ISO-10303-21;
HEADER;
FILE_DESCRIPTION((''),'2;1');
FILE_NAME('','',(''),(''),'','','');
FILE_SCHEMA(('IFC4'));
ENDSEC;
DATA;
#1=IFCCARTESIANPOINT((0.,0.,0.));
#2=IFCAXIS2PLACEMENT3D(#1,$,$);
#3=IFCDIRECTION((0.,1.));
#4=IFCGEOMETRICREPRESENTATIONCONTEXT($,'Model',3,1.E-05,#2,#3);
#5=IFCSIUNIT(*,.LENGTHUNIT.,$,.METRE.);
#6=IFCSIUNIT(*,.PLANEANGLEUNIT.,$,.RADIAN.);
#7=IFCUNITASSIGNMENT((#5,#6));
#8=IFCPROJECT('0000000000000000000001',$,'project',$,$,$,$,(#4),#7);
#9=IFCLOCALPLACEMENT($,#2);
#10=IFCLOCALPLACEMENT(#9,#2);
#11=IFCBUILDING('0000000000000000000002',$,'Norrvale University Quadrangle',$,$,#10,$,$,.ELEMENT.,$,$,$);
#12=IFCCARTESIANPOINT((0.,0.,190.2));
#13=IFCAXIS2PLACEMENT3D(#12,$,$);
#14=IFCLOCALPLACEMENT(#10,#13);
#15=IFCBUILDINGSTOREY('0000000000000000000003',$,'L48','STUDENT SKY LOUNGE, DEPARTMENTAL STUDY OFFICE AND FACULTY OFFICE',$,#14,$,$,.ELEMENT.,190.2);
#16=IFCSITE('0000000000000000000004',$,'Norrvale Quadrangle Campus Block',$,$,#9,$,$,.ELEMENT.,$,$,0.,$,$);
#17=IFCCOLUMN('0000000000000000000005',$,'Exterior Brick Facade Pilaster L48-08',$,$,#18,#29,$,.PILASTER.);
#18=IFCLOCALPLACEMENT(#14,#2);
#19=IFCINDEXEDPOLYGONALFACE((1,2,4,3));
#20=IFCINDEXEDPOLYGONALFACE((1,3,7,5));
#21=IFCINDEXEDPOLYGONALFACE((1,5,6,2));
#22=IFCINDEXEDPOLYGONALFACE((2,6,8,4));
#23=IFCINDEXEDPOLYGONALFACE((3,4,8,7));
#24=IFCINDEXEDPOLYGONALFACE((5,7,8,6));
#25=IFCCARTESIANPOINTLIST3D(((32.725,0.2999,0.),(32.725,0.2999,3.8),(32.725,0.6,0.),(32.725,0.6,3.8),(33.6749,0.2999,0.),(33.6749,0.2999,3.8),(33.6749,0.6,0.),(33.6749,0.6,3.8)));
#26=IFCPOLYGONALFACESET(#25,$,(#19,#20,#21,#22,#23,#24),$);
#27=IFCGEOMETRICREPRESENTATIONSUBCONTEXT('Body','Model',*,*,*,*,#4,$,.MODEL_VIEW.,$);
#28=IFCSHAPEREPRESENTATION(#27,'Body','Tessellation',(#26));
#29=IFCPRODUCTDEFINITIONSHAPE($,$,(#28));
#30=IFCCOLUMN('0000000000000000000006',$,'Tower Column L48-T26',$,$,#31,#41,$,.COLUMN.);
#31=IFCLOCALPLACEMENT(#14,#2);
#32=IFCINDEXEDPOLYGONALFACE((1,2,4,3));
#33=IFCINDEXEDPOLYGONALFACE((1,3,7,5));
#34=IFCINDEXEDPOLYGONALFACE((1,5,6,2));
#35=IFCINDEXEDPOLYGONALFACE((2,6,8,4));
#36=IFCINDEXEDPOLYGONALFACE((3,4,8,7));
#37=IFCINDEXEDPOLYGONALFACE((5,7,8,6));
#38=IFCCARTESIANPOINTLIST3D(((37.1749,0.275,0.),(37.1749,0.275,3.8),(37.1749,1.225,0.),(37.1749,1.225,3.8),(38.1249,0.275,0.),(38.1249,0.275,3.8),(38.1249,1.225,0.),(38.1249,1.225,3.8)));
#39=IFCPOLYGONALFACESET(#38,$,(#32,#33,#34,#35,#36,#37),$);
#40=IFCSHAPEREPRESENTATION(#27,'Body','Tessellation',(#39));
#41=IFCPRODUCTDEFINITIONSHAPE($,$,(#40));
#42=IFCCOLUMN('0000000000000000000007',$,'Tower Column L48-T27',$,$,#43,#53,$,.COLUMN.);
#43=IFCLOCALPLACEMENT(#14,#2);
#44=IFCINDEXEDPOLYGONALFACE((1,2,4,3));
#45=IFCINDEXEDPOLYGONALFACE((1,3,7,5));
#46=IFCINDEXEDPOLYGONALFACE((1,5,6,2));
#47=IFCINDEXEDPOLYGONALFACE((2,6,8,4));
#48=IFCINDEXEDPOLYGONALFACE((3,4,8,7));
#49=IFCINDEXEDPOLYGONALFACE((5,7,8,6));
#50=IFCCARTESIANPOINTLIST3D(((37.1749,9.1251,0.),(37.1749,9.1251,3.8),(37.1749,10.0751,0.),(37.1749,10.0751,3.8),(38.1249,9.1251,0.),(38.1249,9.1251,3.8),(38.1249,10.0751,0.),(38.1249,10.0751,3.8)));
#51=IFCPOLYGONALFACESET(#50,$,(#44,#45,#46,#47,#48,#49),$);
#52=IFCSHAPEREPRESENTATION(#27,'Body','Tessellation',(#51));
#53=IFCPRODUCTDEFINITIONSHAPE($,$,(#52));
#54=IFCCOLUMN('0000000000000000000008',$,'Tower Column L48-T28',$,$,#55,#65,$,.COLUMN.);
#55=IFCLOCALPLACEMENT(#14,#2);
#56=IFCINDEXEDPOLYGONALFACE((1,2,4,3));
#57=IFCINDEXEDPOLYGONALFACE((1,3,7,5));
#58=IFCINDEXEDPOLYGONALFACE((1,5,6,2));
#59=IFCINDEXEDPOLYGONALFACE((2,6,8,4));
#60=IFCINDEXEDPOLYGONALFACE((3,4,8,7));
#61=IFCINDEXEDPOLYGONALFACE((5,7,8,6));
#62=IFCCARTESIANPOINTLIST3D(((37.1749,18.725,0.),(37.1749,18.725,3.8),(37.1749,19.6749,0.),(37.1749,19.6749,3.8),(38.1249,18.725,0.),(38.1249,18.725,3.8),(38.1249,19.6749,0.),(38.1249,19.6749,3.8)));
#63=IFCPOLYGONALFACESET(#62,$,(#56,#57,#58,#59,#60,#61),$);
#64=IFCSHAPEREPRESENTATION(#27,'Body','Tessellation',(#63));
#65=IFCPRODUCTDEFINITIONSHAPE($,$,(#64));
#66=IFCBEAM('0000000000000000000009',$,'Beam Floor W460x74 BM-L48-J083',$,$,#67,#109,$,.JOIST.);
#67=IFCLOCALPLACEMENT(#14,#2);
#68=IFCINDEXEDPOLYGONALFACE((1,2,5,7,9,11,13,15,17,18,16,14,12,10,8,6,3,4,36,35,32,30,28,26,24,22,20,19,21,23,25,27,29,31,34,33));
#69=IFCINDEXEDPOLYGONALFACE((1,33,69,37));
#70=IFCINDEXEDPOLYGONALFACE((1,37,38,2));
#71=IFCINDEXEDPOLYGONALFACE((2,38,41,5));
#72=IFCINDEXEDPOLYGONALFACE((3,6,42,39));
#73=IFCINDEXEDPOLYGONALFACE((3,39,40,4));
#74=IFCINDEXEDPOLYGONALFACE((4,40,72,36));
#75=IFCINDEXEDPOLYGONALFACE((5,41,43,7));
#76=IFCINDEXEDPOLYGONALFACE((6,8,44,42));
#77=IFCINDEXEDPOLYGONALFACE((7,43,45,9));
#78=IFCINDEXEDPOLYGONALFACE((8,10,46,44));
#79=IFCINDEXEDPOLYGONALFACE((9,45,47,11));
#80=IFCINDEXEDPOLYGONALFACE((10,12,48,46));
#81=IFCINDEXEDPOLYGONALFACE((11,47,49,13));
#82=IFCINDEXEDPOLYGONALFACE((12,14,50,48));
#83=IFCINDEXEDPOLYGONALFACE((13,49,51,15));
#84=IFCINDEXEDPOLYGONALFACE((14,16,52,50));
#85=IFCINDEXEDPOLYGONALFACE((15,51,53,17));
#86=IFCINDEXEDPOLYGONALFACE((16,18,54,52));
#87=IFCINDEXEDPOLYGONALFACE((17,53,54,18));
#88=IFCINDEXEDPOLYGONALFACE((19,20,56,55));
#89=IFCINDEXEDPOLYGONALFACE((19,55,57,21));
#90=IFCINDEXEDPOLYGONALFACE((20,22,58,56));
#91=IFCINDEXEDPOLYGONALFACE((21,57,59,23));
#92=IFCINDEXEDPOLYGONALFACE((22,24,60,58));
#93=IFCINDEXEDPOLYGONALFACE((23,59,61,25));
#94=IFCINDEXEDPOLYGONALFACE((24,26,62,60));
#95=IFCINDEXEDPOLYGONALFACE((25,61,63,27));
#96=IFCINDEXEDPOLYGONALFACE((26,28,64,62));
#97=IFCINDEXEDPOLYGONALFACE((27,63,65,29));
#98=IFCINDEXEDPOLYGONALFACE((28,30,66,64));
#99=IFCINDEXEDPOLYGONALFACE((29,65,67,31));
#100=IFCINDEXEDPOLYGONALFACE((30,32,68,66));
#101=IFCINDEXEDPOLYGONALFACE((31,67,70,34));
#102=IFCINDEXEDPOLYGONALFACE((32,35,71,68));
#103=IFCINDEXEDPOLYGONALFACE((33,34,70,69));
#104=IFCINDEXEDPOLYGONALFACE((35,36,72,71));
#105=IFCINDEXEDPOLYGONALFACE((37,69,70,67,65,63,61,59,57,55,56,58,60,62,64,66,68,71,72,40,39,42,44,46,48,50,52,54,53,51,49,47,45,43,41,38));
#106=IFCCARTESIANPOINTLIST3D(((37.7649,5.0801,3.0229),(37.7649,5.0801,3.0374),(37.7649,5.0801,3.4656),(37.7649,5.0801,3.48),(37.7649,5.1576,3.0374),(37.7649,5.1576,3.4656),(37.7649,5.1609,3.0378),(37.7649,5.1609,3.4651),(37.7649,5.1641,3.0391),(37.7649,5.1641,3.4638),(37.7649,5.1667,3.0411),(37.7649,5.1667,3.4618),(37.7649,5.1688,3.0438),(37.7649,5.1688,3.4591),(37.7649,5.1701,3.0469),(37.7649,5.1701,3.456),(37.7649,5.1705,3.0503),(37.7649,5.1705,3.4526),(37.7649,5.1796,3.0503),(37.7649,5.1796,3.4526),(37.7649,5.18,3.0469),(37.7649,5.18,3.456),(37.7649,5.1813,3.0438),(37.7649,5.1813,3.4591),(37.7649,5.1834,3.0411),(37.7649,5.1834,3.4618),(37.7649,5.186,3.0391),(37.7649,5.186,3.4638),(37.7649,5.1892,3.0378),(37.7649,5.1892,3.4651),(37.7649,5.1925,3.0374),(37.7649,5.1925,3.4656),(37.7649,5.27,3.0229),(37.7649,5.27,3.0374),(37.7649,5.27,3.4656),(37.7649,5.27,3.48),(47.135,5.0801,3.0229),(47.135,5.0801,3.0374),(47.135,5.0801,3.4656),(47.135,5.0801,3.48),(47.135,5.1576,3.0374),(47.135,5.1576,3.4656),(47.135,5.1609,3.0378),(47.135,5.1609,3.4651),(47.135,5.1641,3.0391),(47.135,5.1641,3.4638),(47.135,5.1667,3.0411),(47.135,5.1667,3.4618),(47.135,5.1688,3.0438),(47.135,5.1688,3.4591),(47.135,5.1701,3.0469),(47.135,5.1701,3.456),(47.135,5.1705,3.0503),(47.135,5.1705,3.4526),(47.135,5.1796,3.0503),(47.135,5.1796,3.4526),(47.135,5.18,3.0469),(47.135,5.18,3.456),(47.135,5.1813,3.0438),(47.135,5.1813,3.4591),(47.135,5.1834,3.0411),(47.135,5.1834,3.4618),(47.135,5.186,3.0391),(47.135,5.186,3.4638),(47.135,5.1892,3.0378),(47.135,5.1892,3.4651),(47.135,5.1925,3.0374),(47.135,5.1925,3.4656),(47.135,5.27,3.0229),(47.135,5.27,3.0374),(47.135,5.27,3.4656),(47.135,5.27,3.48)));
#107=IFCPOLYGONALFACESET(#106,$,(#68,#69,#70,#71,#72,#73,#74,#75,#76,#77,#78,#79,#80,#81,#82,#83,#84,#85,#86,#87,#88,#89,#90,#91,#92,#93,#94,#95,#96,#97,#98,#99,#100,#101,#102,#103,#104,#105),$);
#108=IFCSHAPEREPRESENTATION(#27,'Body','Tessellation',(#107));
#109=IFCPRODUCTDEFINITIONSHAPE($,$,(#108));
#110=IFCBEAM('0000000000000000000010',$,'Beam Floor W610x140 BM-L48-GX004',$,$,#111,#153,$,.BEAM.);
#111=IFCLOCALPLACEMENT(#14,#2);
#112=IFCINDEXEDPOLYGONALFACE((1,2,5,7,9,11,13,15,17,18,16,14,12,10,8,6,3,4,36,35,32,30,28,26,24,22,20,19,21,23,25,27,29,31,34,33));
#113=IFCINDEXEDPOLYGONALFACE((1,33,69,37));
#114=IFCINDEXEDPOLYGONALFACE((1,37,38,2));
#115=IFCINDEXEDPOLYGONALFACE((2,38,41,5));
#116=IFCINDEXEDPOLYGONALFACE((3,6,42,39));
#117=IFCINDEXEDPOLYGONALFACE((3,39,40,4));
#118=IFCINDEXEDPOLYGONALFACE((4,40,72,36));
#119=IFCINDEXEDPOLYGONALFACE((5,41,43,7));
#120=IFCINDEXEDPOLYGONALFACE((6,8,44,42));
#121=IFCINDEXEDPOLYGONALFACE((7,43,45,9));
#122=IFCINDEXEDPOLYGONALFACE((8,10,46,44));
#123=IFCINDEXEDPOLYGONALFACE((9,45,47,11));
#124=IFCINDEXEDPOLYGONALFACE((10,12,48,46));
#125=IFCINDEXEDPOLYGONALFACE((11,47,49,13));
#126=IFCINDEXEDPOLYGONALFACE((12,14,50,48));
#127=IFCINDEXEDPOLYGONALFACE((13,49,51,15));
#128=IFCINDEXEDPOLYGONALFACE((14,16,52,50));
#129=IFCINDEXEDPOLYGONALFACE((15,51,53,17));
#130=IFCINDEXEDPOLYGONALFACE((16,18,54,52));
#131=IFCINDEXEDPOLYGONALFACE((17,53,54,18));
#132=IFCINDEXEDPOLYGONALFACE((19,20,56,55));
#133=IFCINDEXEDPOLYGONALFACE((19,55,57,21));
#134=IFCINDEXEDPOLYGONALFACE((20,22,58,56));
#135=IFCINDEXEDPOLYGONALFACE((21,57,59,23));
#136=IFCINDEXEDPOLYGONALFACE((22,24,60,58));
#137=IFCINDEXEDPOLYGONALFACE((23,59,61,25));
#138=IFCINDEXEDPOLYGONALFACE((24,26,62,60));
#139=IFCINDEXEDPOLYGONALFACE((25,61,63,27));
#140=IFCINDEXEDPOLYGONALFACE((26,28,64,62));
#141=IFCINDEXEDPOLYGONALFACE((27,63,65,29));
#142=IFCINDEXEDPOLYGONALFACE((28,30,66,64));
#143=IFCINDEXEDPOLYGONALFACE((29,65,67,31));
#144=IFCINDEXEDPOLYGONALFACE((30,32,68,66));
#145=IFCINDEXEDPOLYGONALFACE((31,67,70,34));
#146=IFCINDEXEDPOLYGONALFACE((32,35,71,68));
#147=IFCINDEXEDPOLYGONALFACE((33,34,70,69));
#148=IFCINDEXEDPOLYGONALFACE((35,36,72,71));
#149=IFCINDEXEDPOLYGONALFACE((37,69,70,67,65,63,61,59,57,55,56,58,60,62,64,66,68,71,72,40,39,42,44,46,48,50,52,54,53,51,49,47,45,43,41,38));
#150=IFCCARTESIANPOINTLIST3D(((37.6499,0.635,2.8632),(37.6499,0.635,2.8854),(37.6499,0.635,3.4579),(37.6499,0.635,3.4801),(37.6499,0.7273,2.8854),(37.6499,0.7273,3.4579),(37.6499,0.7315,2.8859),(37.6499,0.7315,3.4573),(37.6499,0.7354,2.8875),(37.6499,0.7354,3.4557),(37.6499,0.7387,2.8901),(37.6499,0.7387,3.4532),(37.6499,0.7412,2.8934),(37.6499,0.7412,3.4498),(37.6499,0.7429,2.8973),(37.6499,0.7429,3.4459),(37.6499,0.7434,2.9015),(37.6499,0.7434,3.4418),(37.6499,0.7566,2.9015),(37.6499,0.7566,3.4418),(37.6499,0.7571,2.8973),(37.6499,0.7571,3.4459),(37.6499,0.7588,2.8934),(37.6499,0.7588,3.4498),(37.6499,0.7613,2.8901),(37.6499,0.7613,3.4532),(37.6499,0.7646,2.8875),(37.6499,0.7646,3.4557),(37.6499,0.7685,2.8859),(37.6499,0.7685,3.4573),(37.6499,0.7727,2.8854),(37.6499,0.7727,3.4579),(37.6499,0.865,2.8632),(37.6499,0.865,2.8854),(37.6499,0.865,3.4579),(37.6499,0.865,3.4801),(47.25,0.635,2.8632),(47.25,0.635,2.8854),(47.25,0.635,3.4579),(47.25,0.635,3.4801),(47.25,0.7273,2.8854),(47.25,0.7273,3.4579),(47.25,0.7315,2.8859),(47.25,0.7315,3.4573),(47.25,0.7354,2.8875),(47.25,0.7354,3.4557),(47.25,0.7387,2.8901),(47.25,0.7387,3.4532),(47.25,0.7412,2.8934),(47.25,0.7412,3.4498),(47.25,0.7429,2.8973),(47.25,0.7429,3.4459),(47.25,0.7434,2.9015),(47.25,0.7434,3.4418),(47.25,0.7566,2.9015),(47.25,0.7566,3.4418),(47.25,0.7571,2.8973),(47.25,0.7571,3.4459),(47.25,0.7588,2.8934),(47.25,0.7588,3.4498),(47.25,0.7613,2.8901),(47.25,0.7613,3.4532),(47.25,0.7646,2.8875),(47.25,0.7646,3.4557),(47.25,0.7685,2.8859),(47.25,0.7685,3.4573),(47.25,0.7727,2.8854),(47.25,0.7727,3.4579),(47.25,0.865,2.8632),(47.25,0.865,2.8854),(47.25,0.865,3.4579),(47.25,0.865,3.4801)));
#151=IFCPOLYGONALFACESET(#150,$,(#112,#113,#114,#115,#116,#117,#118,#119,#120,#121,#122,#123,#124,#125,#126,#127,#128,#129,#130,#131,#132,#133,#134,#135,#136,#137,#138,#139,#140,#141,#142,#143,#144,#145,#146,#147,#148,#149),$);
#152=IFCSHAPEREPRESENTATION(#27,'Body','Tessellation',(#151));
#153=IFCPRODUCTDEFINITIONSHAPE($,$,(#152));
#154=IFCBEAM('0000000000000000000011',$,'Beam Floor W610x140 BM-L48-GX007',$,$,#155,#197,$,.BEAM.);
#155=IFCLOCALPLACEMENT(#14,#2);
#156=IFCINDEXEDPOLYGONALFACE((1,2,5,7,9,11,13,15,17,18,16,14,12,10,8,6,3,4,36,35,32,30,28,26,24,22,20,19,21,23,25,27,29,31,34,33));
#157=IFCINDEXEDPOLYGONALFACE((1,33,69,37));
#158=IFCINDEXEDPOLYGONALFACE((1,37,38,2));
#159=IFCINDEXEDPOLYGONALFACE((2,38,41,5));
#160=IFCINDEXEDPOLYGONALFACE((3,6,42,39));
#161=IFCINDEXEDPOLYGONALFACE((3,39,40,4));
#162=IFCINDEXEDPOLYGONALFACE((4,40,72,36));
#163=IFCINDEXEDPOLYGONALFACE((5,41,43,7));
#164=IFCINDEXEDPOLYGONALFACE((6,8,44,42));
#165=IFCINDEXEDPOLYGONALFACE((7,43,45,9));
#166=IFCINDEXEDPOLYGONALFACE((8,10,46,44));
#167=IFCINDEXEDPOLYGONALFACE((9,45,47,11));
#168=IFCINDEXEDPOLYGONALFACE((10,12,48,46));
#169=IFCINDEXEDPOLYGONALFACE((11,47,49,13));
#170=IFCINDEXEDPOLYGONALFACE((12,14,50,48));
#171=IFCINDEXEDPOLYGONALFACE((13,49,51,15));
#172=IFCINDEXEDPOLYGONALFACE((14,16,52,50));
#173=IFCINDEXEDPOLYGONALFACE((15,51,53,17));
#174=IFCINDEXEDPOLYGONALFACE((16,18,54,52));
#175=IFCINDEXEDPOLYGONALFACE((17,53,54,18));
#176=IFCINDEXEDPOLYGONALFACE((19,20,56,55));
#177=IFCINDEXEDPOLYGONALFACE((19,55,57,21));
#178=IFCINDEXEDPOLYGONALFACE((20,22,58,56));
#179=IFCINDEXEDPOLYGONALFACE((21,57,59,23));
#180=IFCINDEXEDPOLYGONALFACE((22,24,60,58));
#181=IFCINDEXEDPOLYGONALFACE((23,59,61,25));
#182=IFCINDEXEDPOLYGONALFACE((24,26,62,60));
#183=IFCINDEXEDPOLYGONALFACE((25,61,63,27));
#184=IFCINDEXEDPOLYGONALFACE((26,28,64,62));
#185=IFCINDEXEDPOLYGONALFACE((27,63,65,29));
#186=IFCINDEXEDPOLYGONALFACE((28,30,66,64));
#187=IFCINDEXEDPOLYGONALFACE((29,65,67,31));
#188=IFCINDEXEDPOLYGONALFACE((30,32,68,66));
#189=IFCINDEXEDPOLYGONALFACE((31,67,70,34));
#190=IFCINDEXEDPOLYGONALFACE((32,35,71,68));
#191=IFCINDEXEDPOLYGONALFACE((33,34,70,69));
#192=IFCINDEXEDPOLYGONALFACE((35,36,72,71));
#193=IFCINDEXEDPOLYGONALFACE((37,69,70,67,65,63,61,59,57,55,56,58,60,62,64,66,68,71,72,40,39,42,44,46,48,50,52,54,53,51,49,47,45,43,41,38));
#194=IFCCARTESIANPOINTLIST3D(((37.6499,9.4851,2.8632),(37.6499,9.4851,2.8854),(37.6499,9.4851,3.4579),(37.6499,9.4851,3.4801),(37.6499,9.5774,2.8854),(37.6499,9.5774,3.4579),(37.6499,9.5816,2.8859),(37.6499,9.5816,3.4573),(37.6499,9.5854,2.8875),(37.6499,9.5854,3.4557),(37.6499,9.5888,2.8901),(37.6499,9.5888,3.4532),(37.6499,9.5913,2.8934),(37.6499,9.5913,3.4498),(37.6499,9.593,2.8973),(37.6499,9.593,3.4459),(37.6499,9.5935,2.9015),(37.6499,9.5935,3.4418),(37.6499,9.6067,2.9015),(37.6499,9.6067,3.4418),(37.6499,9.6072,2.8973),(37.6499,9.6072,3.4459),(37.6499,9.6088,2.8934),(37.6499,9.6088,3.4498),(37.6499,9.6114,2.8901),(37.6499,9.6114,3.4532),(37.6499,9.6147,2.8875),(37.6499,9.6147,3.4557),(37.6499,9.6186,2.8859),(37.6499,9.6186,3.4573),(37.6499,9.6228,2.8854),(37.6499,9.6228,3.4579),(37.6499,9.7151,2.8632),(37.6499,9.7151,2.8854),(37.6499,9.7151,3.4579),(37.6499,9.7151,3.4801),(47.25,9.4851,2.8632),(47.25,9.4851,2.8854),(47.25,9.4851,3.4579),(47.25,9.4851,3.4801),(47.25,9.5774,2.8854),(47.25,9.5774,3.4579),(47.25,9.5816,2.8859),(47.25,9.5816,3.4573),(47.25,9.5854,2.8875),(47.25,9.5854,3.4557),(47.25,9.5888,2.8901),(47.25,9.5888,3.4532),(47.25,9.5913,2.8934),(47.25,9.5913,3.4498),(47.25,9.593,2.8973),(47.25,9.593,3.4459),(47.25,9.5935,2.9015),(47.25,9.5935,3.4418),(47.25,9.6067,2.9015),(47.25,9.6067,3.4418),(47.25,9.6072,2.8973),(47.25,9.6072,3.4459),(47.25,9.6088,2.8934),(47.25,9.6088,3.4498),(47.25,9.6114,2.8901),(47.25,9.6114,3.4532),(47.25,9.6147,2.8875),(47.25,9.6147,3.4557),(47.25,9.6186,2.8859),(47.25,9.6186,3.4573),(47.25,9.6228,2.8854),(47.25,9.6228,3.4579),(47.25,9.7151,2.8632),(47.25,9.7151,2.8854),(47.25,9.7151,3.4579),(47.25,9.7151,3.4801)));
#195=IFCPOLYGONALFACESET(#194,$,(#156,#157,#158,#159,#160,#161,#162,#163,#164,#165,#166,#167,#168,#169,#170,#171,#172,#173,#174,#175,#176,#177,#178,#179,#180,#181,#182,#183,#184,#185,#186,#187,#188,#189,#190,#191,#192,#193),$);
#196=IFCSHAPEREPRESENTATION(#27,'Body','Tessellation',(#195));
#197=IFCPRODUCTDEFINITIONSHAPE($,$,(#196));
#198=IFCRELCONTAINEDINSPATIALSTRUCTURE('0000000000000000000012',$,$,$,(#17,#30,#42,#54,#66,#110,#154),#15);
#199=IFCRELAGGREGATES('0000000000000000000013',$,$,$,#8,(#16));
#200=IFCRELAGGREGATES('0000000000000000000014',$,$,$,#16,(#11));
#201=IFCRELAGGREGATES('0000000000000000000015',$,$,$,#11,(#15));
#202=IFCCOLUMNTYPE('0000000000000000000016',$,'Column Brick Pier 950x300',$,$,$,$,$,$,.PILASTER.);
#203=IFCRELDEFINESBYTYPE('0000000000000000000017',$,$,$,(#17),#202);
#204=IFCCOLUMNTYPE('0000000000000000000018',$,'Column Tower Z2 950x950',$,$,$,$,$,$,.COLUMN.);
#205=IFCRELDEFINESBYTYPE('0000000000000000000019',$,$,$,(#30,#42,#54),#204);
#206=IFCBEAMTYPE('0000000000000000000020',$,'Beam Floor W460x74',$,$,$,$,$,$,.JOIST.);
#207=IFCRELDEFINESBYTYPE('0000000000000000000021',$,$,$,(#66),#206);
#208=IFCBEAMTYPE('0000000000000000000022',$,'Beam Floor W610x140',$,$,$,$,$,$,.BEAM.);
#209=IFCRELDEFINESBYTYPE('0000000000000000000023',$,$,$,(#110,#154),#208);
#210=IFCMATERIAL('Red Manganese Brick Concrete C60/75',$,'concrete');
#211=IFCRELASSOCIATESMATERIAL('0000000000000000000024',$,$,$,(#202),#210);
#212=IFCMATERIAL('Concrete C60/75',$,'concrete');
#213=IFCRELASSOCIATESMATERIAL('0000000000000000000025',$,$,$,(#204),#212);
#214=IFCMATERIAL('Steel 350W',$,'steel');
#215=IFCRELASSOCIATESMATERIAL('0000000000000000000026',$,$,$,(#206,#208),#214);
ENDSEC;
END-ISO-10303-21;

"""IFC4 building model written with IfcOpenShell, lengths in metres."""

from ifc_helpers import new_model, si_unit, direction, frame, origin, origin_2d, place, context, subcontext, project, spatial, rectangle, i_section, extrude, material, material_profile, profile_set, type_object, element, save


model = new_model("IFC4")

# Units and contexts
model_context = context("Model", 3, precision=1e-05, world=origin(), true_north=direction((0.0, 1.0)))
body_context = subcontext(model_context, "Body", "Model", "MODEL_VIEW")
ifc_project = project(units=[si_unit("LENGTHUNIT", "METRE"), si_unit("PLANEANGLEUNIT", "RADIAN")], contexts=[model_context])

# Site, building, storey
site_placement = place(None, origin())
site = spatial("IfcSite", under=ifc_project, at=site_placement, Name="Norrvale Quadrangle Campus Block", CompositionType="ELEMENT", RefElevation=0.0)
building_placement = place(site_placement, origin())
building = spatial("IfcBuilding", under=site, at=building_placement, Name="Norrvale University Quadrangle", CompositionType="ELEMENT")
storey_placement = place(building_placement, frame((0.0, 0.0, 190.2)))
storey = spatial("IfcBuildingStorey", under=building, at=storey_placement, Name="L48", Description="STUDENT SKY LOUNGE, DEPARTMENTAL STUDY OFFICE AND FACULTY OFFICE", CompositionType="ELEMENT", Elevation=190.2)

# Columns
ifc_material_1 = material(Name="Red Manganese Brick Concrete C60/75", Category="concrete")
ifc_material_profile_1 = material_profile(ifc_material_1, rectangle(XDim=0.95, YDim=0.3, at=origin_2d()), Name="Red Manganese Brick Concrete C60/75")
ifc_profile_set_1 = profile_set([ifc_material_profile_1], Name="Red Manganese Brick Concrete C60/75")
column_type_1 = type_object("IfcColumnType", Name="Column Brick Pier 950x300", PredefinedType="PILASTER", material=ifc_profile_set_1)
column_placement = place(storey_placement, frame((33.2, 0.45, 0.0), z_axis=(0.0, 0.0, 1.0), x_axis=(1.0, 0.0, 0.0)))
element("IfcColumn", 1, at=column_placement, inside=storey, type_object=column_type_1, Name="Exterior Brick Facade Pilaster L48-08", PredefinedType="PILASTER", context=body_context, shape_type="SweptSolid", body=[
    extrude(rectangle(XDim=0.95, YDim=0.3, at=origin_2d()), origin(), (0.0, 0.0, 1.0), 3.8),
])
ifc_material_2 = material(Name="Concrete C60/75", Category="concrete")
ifc_material_profile_2 = material_profile(ifc_material_2, rectangle(XDim=0.95, YDim=0.95, at=origin_2d()), Name="Concrete C60/75")
ifc_profile_set_2 = profile_set([ifc_material_profile_2], Name="Concrete C60/75")
column_type_2 = type_object("IfcColumnType", Name="Column Tower Z2 950x950", PredefinedType="COLUMN", material=ifc_profile_set_2)
for number, where, z_axis, x_axis, name in (
    (2, (37.6499, 0.75, 0.0), (0.0, 0.0, 1.0), (1.0, 0.0, 0.0), "Tower Column L48-T26"),
    (3, (37.6499, 9.6001, 0.0), (0.0, 0.0, 1.0), (1.0, 0.0, 0.0), "Tower Column L48-T27"),
    (4, (37.6499, 19.2, 0.0), (0.0, 0.0, 1.0), (1.0, 0.0, 0.0), "Tower Column L48-T28"),
):
    element("IfcColumn", number, at=place(storey_placement, frame(where, z_axis=z_axis, x_axis=x_axis)), inside=storey, type_object=column_type_2, Name=name, PredefinedType="COLUMN", context=body_context, shape_type="SweptSolid", body=[
        extrude(rectangle(XDim=0.95, YDim=0.95, at=origin_2d()), origin(), (0.0, 0.0, 1.0), 3.8),
    ])

# Beams
ifc_material_3 = material(Name="Steel 350W", Category="steel")
ifc_material_profile_3 = material_profile(ifc_material_3, i_section(OverallWidth=0.1899, OverallDepth=0.457, WebThickness=0.009, FlangeThickness=0.0144, FilletRadius=0.0129, at=origin_2d()), Name="Steel 350W")
ifc_profile_set_3 = profile_set([ifc_material_profile_3], Name="Steel 350W")
beam_type_1 = type_object("IfcBeamType", Name="Beam Floor W460x74", PredefinedType="JOIST", material=ifc_profile_set_3)
beam_1_placement = place(storey_placement, frame((37.7649, 5.175, 3.2515), z_axis=(1.0, 0.0, 0.0), x_axis=(0.0, 1.0, 0.0)))
element("IfcBeam", 5, at=beam_1_placement, inside=storey, type_object=beam_type_1, Name="Beam Floor W460x74 BM-L48-J083", PredefinedType="JOIST", context=body_context, shape_type="SweptSolid", body=[
    extrude(i_section(OverallWidth=0.1899, OverallDepth=0.457, WebThickness=0.009, FlangeThickness=0.0144, FilletRadius=0.0129, at=origin_2d()), origin(), (0.0, 0.0, 1.0), 9.3701),
])
ifc_material_profile_4 = material_profile(ifc_material_3, i_section(OverallWidth=0.23, OverallDepth=0.6169, WebThickness=0.0132, FlangeThickness=0.0222, FilletRadius=0.0161, at=origin_2d()), Name="Steel 350W")
ifc_profile_set_4 = profile_set([ifc_material_profile_4], Name="Steel 350W")
beam_type_2 = type_object("IfcBeamType", Name="Beam Floor W610x140", PredefinedType="BEAM", material=ifc_profile_set_4)
for number, where, z_axis, x_axis, name in (
    (6, (37.6499, 0.75, 3.1716), (1.0, 0.0, 0.0), (0.0, 1.0, 0.0), "Beam Floor W610x140 BM-L48-GX004"),
    (7, (37.6499, 9.6001, 3.1716), (1.0, 0.0, 0.0), (0.0, 1.0, 0.0), "Beam Floor W610x140 BM-L48-GX007"),
):
    element("IfcBeam", number, at=place(storey_placement, frame(where, z_axis=z_axis, x_axis=x_axis)), inside=storey, type_object=beam_type_2, Name=name, PredefinedType="BEAM", context=body_context, shape_type="SweptSolid", body=[
        extrude(i_section(OverallWidth=0.23, OverallDepth=0.6169, WebThickness=0.0132, FlangeThickness=0.0222, FilletRadius=0.0161, at=origin_2d()), origin(), (0.0, 0.0, 1.0), 9.6001),
    ])

save(model, "model.ifc")
